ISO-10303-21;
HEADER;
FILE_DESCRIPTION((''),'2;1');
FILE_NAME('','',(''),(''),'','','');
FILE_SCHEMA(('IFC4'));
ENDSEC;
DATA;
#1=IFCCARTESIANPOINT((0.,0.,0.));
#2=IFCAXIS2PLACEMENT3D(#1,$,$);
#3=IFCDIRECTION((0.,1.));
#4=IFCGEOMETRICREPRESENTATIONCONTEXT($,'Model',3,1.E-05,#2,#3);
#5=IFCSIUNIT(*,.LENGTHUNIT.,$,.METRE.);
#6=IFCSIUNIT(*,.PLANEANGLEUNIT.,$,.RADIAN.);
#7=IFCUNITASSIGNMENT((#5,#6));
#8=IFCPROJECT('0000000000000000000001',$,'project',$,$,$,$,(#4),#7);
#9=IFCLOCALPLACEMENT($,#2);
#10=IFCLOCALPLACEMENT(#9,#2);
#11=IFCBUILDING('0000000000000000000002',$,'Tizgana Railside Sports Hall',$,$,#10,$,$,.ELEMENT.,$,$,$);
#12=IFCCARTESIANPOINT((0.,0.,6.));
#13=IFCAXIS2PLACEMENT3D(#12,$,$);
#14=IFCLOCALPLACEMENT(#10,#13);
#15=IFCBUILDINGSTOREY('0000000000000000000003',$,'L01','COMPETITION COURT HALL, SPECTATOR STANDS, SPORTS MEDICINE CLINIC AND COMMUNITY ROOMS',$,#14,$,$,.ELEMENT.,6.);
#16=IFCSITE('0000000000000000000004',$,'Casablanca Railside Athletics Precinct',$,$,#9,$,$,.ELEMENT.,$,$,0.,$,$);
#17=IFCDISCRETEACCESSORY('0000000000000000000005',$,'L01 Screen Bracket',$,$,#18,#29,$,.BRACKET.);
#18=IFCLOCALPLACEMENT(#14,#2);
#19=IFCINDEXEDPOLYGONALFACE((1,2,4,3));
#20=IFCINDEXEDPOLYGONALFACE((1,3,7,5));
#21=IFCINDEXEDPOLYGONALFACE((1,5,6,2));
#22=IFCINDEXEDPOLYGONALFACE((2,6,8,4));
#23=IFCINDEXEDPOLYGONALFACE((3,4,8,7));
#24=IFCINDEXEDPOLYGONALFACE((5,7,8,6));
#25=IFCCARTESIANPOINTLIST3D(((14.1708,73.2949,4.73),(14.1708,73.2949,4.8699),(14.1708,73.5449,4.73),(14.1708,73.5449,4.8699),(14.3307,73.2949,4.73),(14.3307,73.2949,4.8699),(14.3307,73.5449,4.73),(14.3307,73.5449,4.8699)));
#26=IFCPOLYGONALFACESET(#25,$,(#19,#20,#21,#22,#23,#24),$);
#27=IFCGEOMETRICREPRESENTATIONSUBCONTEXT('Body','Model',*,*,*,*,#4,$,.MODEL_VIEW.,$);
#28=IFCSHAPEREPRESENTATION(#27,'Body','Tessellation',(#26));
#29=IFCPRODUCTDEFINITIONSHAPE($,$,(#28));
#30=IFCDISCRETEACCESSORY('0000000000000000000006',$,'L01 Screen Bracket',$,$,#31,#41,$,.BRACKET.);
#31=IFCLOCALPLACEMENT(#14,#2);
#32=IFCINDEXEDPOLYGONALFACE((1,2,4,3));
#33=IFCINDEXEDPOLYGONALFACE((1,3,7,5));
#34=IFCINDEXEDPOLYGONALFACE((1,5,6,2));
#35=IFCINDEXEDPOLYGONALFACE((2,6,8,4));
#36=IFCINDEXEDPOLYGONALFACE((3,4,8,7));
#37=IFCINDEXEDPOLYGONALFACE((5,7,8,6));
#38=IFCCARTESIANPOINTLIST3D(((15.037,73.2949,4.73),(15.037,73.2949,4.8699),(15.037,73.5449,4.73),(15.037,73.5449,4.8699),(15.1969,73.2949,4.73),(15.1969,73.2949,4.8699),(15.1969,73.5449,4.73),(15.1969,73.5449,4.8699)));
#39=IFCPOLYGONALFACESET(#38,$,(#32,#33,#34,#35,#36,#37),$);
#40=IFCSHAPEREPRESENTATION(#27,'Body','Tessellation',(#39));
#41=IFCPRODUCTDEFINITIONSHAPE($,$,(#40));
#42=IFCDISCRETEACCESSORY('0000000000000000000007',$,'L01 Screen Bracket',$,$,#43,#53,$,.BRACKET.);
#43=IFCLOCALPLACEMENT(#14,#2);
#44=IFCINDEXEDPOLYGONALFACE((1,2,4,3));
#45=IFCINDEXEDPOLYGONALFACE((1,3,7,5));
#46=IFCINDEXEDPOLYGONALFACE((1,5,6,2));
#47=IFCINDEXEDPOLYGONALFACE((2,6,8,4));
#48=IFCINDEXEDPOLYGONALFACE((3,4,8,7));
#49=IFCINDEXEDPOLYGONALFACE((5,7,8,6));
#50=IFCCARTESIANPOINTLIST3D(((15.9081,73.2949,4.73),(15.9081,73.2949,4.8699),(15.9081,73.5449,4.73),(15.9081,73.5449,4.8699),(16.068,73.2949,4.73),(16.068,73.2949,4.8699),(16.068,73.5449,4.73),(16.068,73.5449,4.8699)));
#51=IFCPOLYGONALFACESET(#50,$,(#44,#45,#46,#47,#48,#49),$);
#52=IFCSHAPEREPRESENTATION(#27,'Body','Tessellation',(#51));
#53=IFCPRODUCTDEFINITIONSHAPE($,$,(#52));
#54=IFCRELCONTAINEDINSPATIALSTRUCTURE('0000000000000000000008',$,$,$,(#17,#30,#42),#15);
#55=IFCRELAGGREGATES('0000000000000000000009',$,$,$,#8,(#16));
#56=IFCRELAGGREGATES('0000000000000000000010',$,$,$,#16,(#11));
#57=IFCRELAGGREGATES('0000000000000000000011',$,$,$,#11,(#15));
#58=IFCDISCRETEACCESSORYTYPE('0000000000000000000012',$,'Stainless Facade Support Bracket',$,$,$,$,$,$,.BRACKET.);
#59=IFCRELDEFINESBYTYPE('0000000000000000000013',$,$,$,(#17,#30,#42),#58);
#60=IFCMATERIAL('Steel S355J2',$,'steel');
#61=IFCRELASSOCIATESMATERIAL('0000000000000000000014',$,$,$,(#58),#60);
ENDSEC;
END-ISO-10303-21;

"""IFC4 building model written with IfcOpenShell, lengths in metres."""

from ifc_helpers import new_model, si_unit, direction, frame, origin, origin_2d, place, context, subcontext, project, spatial, rectangle, extrude, material, type_object, element, save


model = new_model("IFC4")

# Units and contexts
model_context = context("Model", 3, precision=1e-05, world=origin(), true_north=direction((0.0, 1.0)))
body_context = subcontext(model_context, "Body", "Model", "MODEL_VIEW")
ifc_project = project(units=[si_unit("LENGTHUNIT", "METRE"), si_unit("PLANEANGLEUNIT", "RADIAN")], contexts=[model_context])

# Site, building, storey
site_placement = place(None, origin())
site = spatial("IfcSite", under=ifc_project, at=site_placement, Name="Casablanca Railside Athletics Precinct", CompositionType="ELEMENT", RefElevation=0.0)
building_placement = place(site_placement, origin())
building = spatial("IfcBuilding", under=site, at=building_placement, Name="Tizgana Railside Sports Hall", CompositionType="ELEMENT")
storey_placement = place(building_placement, frame((0.0, 0.0, 6.0)))
storey = spatial("IfcBuildingStorey", under=building, at=storey_placement, Name="L01", Description="COMPETITION COURT HALL, SPECTATOR STANDS, SPORTS MEDICINE CLINIC AND COMMUNITY ROOMS", CompositionType="ELEMENT", Elevation=6.0)

# Shared definitions
ifc_material_1 = material(Name="Steel S355J2", Category="steel")

# Discrete accessories
discrete_accessory_type = type_object("IfcDiscreteAccessoryType", Name="Stainless Facade Support Bracket", PredefinedType="BRACKET", material=ifc_material_1)
for number, where, z_axis, x_axis, name in (
    (1, (14.2507, 73.4199, 4.73), (0.0, 0.0, 1.0), (1.0, 0.0, 0.0), "L01 Screen Bracket"),
    (2, (15.1169, 73.4199, 4.73), (0.0, 0.0, 1.0), (1.0, 0.0, 0.0), "L01 Screen Bracket"),
    (3, (15.988, 73.4199, 4.73), (0.0, 0.0, 1.0), (1.0, 0.0, 0.0), "L01 Screen Bracket"),
):
    element("IfcDiscreteAccessory", number, at=place(storey_placement, frame(where, z_axis=z_axis, x_axis=x_axis)), inside=storey, type_object=discrete_accessory_type, Name=name, PredefinedType="BRACKET", context=body_context, shape_type="SweptSolid", body=[
        extrude(rectangle(XDim=0.1599, YDim=0.25, at=origin_2d()), origin(), (0.0, 0.0, 1.0), 0.1399),
    ])

save(model, "model.ifc")
